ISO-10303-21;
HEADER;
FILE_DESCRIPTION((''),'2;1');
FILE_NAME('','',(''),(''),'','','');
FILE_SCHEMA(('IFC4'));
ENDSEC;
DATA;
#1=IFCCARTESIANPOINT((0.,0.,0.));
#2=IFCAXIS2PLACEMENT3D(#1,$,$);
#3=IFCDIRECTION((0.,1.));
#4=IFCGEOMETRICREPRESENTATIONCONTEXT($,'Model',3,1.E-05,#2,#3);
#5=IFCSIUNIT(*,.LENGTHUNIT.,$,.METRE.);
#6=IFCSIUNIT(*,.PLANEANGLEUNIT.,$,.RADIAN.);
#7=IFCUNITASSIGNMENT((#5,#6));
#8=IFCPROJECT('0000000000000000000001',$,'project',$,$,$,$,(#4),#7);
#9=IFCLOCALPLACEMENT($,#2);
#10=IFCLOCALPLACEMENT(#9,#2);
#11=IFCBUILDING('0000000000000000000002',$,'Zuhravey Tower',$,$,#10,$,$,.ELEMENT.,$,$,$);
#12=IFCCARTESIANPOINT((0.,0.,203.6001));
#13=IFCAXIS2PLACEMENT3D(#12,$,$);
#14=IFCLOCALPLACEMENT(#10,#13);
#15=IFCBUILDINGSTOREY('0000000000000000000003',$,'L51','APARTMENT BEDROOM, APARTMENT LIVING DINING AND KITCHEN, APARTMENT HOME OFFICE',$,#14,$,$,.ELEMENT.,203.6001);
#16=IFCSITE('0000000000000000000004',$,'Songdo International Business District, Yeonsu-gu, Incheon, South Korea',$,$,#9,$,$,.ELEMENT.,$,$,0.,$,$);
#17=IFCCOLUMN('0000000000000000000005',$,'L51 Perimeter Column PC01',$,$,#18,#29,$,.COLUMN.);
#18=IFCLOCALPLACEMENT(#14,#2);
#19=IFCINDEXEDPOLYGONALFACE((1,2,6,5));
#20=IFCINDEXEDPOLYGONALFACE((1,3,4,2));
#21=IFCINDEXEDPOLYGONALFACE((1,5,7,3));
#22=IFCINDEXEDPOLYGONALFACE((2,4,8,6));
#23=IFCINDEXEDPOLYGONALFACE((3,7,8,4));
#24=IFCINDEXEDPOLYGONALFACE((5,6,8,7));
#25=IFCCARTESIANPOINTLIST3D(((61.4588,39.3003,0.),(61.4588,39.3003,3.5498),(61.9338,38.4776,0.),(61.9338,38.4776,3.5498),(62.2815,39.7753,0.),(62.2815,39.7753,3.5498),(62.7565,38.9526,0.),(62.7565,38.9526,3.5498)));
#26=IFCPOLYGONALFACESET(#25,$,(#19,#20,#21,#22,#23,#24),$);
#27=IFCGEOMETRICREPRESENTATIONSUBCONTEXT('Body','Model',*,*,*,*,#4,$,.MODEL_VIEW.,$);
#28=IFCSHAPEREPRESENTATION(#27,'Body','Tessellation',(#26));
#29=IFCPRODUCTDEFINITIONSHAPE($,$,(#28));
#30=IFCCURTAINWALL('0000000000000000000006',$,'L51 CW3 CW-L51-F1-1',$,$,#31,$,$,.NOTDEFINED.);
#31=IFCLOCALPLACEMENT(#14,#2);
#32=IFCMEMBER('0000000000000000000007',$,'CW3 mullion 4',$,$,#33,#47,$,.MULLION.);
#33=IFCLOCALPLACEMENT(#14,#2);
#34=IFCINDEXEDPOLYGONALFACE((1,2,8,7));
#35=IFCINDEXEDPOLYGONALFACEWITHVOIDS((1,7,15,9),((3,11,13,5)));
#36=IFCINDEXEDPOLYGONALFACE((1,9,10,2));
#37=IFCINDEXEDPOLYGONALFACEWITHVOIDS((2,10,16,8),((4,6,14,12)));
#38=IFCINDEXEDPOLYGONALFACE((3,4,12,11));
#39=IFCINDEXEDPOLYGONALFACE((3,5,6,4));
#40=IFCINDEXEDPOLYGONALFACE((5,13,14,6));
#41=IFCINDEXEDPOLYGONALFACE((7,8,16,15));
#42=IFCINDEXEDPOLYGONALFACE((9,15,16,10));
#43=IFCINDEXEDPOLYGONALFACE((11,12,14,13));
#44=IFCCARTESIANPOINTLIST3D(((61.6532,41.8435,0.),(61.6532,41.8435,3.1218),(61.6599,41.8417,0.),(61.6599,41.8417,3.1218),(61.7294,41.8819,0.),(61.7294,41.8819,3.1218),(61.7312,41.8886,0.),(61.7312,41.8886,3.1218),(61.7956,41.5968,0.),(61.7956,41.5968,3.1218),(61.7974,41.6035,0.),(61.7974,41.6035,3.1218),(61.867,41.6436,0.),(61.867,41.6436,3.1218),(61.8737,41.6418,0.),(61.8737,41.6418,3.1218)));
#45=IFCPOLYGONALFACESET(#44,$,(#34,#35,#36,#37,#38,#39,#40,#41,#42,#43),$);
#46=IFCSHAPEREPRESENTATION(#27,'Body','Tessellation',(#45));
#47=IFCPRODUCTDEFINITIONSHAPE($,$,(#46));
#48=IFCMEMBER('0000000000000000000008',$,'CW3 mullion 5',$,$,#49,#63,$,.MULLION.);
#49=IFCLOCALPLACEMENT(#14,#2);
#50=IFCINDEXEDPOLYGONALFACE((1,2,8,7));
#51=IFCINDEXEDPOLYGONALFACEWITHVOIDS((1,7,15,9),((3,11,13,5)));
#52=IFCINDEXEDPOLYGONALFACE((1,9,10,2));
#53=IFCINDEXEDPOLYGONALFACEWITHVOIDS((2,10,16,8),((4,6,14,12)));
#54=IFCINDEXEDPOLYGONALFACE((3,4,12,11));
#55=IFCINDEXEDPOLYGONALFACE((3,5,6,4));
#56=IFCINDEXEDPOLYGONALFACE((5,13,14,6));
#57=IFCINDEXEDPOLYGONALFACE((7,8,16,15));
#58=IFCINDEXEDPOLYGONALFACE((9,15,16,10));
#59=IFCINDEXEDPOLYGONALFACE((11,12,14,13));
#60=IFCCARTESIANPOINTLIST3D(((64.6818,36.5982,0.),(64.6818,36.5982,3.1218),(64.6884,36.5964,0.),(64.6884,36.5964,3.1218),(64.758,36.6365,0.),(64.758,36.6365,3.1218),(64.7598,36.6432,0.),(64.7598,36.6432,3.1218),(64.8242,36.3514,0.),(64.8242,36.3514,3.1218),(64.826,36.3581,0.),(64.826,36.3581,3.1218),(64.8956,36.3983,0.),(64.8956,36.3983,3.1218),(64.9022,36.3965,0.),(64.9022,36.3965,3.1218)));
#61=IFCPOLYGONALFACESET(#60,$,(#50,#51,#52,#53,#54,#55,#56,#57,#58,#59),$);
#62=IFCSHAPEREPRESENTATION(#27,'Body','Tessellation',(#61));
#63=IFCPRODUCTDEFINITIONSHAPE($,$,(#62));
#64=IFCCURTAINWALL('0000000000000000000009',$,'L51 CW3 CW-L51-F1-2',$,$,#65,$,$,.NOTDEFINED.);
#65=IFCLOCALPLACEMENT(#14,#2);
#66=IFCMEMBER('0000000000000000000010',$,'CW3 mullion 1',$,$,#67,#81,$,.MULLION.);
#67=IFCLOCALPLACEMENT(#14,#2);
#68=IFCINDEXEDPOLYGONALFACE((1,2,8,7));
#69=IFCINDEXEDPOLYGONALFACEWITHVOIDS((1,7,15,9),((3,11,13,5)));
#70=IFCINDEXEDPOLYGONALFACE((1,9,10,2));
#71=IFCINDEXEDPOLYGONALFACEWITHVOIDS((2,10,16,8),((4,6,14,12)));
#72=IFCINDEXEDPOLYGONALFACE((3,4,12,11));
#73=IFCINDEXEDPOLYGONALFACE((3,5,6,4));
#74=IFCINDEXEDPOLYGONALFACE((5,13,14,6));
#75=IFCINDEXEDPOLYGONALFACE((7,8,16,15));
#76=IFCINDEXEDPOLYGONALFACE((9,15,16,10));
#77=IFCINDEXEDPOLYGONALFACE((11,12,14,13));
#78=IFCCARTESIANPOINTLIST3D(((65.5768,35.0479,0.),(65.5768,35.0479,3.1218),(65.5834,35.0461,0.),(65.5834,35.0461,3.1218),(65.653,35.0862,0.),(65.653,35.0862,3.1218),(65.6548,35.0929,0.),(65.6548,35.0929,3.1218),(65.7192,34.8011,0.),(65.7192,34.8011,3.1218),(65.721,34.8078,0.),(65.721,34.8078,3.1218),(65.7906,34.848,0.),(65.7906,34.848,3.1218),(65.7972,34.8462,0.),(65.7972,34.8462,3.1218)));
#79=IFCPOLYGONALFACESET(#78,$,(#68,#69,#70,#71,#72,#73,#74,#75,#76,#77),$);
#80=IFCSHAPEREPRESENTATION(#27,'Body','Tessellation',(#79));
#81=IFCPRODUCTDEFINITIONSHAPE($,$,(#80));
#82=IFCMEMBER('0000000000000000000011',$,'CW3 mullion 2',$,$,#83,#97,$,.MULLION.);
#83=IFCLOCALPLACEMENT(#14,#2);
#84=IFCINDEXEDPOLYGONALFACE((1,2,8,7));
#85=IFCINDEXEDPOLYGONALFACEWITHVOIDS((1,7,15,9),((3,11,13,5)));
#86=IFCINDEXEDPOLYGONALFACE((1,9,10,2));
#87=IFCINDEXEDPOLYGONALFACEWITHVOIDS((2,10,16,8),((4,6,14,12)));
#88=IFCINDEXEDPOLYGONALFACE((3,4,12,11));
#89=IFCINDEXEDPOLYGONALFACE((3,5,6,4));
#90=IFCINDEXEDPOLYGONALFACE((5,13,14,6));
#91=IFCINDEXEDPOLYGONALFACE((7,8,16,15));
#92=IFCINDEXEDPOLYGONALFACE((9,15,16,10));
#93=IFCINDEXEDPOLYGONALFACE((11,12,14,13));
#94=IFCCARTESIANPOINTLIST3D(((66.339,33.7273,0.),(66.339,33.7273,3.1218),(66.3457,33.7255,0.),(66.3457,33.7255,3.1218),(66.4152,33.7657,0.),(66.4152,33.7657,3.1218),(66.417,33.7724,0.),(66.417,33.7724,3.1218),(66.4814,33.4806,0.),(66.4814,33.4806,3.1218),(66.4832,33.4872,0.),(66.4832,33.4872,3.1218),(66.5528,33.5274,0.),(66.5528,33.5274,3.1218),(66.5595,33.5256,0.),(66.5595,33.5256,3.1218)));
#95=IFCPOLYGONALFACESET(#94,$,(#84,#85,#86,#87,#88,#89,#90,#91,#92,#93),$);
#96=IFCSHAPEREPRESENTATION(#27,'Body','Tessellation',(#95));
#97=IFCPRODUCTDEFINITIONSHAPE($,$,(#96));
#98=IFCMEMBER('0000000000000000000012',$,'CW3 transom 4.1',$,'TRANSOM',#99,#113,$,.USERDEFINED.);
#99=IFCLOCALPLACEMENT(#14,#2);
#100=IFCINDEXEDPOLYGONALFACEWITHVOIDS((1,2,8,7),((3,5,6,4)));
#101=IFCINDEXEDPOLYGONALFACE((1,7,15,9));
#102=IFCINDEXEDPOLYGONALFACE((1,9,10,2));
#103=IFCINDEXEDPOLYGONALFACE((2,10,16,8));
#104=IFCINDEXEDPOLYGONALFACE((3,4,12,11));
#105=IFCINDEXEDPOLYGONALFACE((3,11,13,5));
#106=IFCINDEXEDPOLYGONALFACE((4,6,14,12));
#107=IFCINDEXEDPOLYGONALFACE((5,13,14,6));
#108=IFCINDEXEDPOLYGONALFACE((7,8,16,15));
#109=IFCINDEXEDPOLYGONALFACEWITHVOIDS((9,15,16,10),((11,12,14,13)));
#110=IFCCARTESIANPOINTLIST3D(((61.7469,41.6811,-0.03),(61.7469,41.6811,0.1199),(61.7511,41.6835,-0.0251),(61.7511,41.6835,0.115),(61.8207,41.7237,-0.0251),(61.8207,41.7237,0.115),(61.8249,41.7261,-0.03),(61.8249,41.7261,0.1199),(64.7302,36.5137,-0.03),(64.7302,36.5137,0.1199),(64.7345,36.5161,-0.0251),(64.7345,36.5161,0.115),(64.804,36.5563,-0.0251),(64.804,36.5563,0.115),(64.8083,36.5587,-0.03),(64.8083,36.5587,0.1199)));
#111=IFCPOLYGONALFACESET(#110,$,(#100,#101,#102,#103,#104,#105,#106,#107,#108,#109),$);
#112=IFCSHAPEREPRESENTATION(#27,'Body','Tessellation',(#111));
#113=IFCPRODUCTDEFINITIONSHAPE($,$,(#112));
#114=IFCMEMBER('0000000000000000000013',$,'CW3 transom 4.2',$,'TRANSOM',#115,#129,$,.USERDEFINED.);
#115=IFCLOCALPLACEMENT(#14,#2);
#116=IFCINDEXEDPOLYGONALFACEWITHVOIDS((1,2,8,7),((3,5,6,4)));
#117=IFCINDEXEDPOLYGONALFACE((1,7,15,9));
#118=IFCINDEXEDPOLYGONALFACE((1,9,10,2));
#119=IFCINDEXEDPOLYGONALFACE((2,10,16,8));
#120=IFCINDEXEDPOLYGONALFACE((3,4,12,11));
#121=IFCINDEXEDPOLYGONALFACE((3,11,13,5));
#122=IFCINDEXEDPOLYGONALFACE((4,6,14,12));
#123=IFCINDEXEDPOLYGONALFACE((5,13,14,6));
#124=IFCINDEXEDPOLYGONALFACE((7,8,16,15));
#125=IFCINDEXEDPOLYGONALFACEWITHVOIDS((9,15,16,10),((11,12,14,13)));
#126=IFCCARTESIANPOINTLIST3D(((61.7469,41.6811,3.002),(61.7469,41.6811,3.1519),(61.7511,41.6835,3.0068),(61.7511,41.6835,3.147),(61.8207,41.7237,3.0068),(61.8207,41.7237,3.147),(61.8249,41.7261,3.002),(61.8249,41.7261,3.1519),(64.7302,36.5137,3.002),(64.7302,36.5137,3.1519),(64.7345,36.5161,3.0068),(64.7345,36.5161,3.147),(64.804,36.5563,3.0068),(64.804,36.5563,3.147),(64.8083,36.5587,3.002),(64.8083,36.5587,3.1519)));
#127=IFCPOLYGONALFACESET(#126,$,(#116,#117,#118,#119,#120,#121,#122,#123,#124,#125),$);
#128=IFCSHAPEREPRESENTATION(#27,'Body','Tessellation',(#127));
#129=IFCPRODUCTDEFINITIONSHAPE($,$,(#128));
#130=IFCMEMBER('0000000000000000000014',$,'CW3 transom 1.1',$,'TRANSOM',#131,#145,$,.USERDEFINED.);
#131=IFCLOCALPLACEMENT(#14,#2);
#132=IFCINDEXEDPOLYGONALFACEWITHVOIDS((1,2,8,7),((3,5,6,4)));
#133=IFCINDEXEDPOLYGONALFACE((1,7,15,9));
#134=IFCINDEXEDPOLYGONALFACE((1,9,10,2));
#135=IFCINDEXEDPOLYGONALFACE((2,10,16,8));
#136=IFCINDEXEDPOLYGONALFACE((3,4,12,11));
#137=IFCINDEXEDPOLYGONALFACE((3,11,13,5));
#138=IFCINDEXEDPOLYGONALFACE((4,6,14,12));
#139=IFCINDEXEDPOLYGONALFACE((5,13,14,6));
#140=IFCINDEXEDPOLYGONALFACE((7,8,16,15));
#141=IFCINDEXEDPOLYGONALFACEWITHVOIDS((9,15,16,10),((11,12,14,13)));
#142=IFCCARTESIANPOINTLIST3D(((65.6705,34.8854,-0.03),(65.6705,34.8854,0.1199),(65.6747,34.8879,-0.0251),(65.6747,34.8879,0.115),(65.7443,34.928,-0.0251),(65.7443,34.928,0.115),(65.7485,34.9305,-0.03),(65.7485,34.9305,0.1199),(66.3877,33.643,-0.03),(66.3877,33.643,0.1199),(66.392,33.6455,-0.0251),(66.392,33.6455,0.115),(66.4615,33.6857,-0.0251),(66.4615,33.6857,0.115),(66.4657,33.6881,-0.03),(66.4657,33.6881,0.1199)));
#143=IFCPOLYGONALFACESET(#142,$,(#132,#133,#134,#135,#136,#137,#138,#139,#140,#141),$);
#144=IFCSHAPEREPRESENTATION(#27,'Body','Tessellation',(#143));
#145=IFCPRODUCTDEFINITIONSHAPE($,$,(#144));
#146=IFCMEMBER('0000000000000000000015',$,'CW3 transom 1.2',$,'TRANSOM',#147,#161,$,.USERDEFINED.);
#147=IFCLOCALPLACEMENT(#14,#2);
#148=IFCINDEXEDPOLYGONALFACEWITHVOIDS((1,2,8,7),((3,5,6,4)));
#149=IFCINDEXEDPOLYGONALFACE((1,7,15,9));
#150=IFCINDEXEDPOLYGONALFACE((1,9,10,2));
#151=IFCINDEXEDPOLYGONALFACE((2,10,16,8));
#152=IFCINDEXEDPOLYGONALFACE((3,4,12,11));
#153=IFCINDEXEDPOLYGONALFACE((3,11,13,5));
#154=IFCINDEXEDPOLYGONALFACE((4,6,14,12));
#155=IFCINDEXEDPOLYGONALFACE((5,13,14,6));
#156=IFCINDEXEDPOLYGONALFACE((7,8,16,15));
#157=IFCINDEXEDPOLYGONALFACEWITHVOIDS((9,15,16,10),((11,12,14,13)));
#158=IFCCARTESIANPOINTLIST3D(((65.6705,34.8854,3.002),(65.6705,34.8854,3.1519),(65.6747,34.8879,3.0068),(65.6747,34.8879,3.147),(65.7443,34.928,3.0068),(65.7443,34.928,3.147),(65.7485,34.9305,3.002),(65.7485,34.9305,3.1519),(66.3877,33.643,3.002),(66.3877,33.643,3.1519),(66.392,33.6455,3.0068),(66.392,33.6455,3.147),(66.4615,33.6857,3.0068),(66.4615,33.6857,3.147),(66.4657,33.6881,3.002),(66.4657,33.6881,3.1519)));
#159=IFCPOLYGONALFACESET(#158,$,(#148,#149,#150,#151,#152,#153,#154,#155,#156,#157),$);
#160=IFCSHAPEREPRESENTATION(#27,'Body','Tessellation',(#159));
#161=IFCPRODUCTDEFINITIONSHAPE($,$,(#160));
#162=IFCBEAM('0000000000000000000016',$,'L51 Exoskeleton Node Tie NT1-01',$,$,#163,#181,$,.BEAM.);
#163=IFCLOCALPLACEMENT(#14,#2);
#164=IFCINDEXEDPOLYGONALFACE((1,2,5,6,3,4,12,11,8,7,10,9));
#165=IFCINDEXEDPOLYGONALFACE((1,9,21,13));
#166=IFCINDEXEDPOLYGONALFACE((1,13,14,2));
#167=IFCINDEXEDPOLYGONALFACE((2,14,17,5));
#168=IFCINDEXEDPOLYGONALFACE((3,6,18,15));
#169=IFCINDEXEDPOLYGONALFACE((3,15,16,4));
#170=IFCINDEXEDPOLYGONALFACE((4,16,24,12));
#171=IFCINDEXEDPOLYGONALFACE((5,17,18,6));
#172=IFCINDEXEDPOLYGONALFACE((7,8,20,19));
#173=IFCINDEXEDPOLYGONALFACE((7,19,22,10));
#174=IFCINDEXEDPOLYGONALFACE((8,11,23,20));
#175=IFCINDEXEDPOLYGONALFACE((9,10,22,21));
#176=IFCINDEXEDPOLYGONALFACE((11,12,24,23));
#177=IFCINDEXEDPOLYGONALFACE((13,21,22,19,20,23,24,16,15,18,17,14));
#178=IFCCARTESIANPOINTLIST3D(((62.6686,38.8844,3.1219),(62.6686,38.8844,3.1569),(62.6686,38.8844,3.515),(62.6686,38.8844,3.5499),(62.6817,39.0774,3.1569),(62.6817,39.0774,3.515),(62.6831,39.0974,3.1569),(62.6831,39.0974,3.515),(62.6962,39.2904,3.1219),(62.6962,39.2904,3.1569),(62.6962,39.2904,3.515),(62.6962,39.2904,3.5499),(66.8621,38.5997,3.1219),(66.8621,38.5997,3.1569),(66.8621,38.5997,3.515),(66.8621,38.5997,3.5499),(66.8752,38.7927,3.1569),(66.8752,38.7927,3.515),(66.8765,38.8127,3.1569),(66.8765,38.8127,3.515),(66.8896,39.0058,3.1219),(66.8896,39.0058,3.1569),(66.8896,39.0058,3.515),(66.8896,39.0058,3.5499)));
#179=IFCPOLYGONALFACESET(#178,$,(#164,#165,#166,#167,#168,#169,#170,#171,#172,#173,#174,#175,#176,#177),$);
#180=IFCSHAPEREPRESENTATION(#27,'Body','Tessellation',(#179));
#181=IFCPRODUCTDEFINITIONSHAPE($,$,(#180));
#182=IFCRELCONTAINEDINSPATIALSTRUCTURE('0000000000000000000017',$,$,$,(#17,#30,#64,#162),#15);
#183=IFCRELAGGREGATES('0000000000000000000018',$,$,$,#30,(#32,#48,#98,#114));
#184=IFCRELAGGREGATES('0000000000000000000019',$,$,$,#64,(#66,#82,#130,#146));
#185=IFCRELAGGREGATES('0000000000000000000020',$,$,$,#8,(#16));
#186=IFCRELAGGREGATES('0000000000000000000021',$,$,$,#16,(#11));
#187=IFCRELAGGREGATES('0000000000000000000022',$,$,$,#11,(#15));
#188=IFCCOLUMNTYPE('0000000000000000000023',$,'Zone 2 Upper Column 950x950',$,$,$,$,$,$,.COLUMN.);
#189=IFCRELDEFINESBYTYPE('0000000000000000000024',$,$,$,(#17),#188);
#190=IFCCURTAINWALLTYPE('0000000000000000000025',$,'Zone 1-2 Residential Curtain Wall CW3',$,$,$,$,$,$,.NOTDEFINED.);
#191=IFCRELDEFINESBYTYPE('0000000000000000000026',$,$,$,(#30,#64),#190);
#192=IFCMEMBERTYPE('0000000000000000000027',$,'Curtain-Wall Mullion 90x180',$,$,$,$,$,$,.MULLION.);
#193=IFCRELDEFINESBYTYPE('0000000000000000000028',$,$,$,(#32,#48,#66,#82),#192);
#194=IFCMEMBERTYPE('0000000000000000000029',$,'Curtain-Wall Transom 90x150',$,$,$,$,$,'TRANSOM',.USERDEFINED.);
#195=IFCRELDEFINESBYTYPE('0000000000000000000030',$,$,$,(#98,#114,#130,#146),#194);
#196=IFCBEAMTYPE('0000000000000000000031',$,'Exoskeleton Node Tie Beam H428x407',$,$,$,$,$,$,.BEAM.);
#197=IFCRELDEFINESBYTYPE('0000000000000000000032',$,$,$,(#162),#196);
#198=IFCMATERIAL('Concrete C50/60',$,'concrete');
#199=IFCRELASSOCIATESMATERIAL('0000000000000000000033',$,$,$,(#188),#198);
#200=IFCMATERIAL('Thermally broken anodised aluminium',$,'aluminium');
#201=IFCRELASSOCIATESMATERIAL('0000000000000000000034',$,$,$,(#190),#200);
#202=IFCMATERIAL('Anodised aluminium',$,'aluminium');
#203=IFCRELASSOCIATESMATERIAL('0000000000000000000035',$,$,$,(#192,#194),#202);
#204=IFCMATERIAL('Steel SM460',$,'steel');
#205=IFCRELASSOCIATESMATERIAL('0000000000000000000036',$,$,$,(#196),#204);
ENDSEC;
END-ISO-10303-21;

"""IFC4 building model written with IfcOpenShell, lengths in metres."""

from ifc_helpers import new_model, si_unit, direction, frame, origin, origin_2d, place, context, subcontext, project, spatial, rectangle, hollow_rectangle, i_section, extrude, material, material_profile, profile_set, type_object, element, aggregate, save


model = new_model("IFC4")

# Units and contexts
model_context = context("Model", 3, precision=1e-05, world=origin(), true_north=direction((0.0, 1.0)))
body_context = subcontext(model_context, "Body", "Model", "MODEL_VIEW")
ifc_project = project(units=[si_unit("LENGTHUNIT", "METRE"), si_unit("PLANEANGLEUNIT", "RADIAN")], contexts=[model_context])

# Site, building, storey
site_placement = place(None, origin())
site = spatial("IfcSite", under=ifc_project, at=site_placement, Name="Songdo International Business District, Yeonsu-gu, Incheon, South Korea", CompositionType="ELEMENT", RefElevation=0.0)
building_placement = place(site_placement, origin())
building = spatial("IfcBuilding", under=site, at=building_placement, Name="Zuhravey Tower", CompositionType="ELEMENT")
storey_placement = place(building_placement, frame((0.0, 0.0, 203.6001)))
storey = spatial("IfcBuildingStorey", under=building, at=storey_placement, Name="L51", Description="APARTMENT BEDROOM, APARTMENT LIVING DINING AND KITCHEN, APARTMENT HOME OFFICE", CompositionType="ELEMENT", Elevation=203.6001)

# Column
ifc_material_1 = material(Name="Concrete C50/60", Category="concrete")
ifc_material_profile_1 = material_profile(ifc_material_1, rectangle(XDim=0.95, YDim=0.95, at=origin_2d()), Name="RC-950x950")
ifc_profile_set_1 = profile_set([ifc_material_profile_1], Name="Concrete C50/60")
column_type = type_object("IfcColumnType", Name="Zone 2 Upper Column 950x950", PredefinedType="COLUMN", material=ifc_profile_set_1)
column_placement = place(storey_placement, frame((62.1077, 39.1265, 0.0), z_axis=(0.0, 0.0, 1.0), x_axis=(-0.5, 0.866025, 0.0)))
element("IfcColumn", 1, at=column_placement, inside=storey, type_object=column_type, Name="L51 Perimeter Column PC01", PredefinedType="COLUMN", context=body_context, shape_type="SweptSolid", body=[
    extrude(rectangle(XDim=0.95, YDim=0.95, at=origin_2d()), origin(), (0.0, 0.0, 1.0), 3.5498),
])

# Curtain walls, members
ifc_material_2 = material(Name="Thermally broken anodised aluminium", Category="aluminium")
curtain_wall_type = type_object("IfcCurtainWallType", Name="Zone 1-2 Residential Curtain Wall CW3", PredefinedType="NOTDEFINED", material=ifc_material_2)
curtain_wall_1_placement = place(storey_placement, origin())
curtain_wall_1 = element("IfcCurtainWall", 2, at=curtain_wall_1_placement, inside=storey, type_object=curtain_wall_type, Name="L51 CW3 CW-L51-F1-1", PredefinedType="NOTDEFINED")
ifc_material_3 = material(Name="Anodised aluminium", Category="aluminium")
ifc_material_profile_2 = material_profile(ifc_material_3, hollow_rectangle(XDim=0.0901, YDim=0.2849, WallThickness=0.0049, at=origin_2d()), Name="ALU-RHS-90x285x5")
ifc_profile_set_2 = profile_set([ifc_material_profile_2], Name="Anodised aluminium")
member_type_1 = type_object("IfcMemberType", Name="Curtain-Wall Mullion 90x180", PredefinedType="MULLION", material=ifc_profile_set_2)
member_1_placement = place(storey_placement, frame((61.7634, 41.7427, 0.0), z_axis=(0.0, 0.0, 1.0), x_axis=(0.866024, 0.500002, 0.0)))
member_1 = element("IfcMember", 3, at=member_1_placement, type_object=member_type_1, Name="CW3 mullion 4", PredefinedType="MULLION", context=body_context, shape_type="SweptSolid", body=[
    extrude(hollow_rectangle(XDim=0.0901, YDim=0.2849, WallThickness=0.0049, at=origin_2d()), origin(), (0.0, 0.0, 1.0), 3.1218),
])
member_2_placement = place(storey_placement, frame((64.792, 36.4973, 0.0), z_axis=(0.0, 0.0, 1.0), x_axis=(0.866024, 0.500002, 0.0)))
member_2 = element("IfcMember", 4, at=member_2_placement, type_object=member_type_1, Name="CW3 mullion 5", PredefinedType="MULLION", context=body_context, shape_type="SweptSolid", body=[
    extrude(hollow_rectangle(XDim=0.0901, YDim=0.2849, WallThickness=0.0049, at=origin_2d()), origin(), (0.0, 0.0, 1.0), 3.1218),
])
curtain_wall_2_placement = place(storey_placement, origin())
curtain_wall_2 = element("IfcCurtainWall", 5, at=curtain_wall_2_placement, inside=storey, type_object=curtain_wall_type, Name="L51 CW3 CW-L51-F1-2", PredefinedType="NOTDEFINED")
member_3_placement = place(storey_placement, frame((65.687, 34.947, 0.0), z_axis=(0.0, 0.0, 1.0), x_axis=(0.866032, 0.499989, 0.0)))
member_3 = element("IfcMember", 6, at=member_3_placement, type_object=member_type_1, Name="CW3 mullion 1", PredefinedType="MULLION", context=body_context, shape_type="SweptSolid", body=[
    extrude(hollow_rectangle(XDim=0.0901, YDim=0.2849, WallThickness=0.0049, at=origin_2d()), origin(), (0.0, 0.0, 1.0), 3.1218),
])
member_4_placement = place(storey_placement, frame((66.4492, 33.6265, 0.0), z_axis=(0.0, 0.0, 1.0), x_axis=(0.866032, 0.499989, 0.0)))
member_4 = element("IfcMember", 7, at=member_4_placement, type_object=member_type_1, Name="CW3 mullion 2", PredefinedType="MULLION", context=body_context, shape_type="SweptSolid", body=[
    extrude(hollow_rectangle(XDim=0.0901, YDim=0.2849, WallThickness=0.0049, at=origin_2d()), origin(), (0.0, 0.0, 1.0), 3.1218),
])

# Members
ifc_material_profile_3 = material_profile(ifc_material_3, hollow_rectangle(XDim=0.0901, YDim=0.1499, WallThickness=0.0049, at=origin_2d()), Name="ALU-RHS-90x150x5")
ifc_profile_set_3 = profile_set([ifc_material_profile_3], Name="Anodised aluminium")
member_type_2 = type_object("IfcMemberType", Name="Curtain-Wall Transom 90x150", ElementType="TRANSOM", PredefinedType="USERDEFINED", material=ifc_profile_set_3)
member_5_placement = place(storey_placement, frame((61.7859, 41.7036, 0.0449), z_axis=(0.499994, -0.866029, 0.0), x_axis=(0.866029, 0.499994, 0.0)))
member_5 = element("IfcMember", 8, at=member_5_placement, type_object=member_type_2, Name="CW3 transom 4.1", ObjectType="TRANSOM", PredefinedType="USERDEFINED", context=body_context, shape_type="SweptSolid", body=[
    extrude(hollow_rectangle(XDim=0.0901, YDim=0.1499, WallThickness=0.0049, at=origin_2d()), origin(), (0.0, 0.0, 1.0), 5.9668),
])
member_6_placement = place(storey_placement, frame((61.7859, 41.7036, 3.0769), z_axis=(0.499994, -0.866029, 0.0), x_axis=(0.866029, 0.499994, 0.0)))
member_6 = element("IfcMember", 9, at=member_6_placement, type_object=member_type_2, Name="CW3 transom 4.2", ObjectType="TRANSOM", PredefinedType="USERDEFINED", context=body_context, shape_type="SweptSolid", body=[
    extrude(hollow_rectangle(XDim=0.0901, YDim=0.1499, WallThickness=0.0049, at=origin_2d()), origin(), (0.0, 0.0, 1.0), 5.9668),
])
member_7_placement = place(storey_placement, frame((65.7095, 34.908, 0.0449), z_axis=(0.499983, -0.866035, 0.0), x_axis=(0.866035, 0.499983, 0.0)))
member_7 = element("IfcMember", 10, at=member_7_placement, type_object=member_type_2, Name="CW3 transom 1.1", ObjectType="TRANSOM", PredefinedType="USERDEFINED", context=body_context, shape_type="SweptSolid", body=[
    extrude(hollow_rectangle(XDim=0.0901, YDim=0.1499, WallThickness=0.0049, at=origin_2d()), origin(), (0.0, 0.0, 1.0), 1.4346),
])
member_8_placement = place(storey_placement, frame((65.7095, 34.908, 3.0769), z_axis=(0.499983, -0.866035, 0.0), x_axis=(0.866035, 0.499983, 0.0)))
member_8 = element("IfcMember", 11, at=member_8_placement, type_object=member_type_2, Name="CW3 transom 1.2", ObjectType="TRANSOM", PredefinedType="USERDEFINED", context=body_context, shape_type="SweptSolid", body=[
    extrude(hollow_rectangle(XDim=0.0901, YDim=0.1499, WallThickness=0.0049, at=origin_2d()), origin(), (0.0, 0.0, 1.0), 1.4346),
])

# Beam
ifc_material_4 = material(Name="Steel SM460", Category="steel")
ifc_material_profile_4 = material_profile(ifc_material_4, i_section(OverallWidth=0.407, OverallDepth=0.428, WebThickness=0.02, FlangeThickness=0.0349, at=origin_2d()), Name="H-428x407x20x35")
ifc_profile_set_4 = profile_set([ifc_material_profile_4], Name="Steel SM460")
beam_type_1 = type_object("IfcBeamType", Name="Exoskeleton Node Tie Beam H428x407", PredefinedType="BEAM", material=ifc_profile_set_4)
beam_1_placement = place(storey_placement, frame((62.6824, 39.0874, 3.3359), z_axis=(0.997704, -0.06773, 0.0), x_axis=(0.06773, 0.997704, 0.0)))
element("IfcBeam", 12, at=beam_1_placement, inside=storey, type_object=beam_type_1, Name="L51 Exoskeleton Node Tie NT1-01", PredefinedType="BEAM", context=body_context, shape_type="SweptSolid", body=[
    extrude(i_section(OverallWidth=0.407, OverallDepth=0.428, WebThickness=0.02, FlangeThickness=0.0349, at=origin_2d()), origin(), (0.0, 0.0, 1.0), 4.2031),
])

aggregate(curtain_wall_1, [member_1, member_2, member_5, member_6])
aggregate(curtain_wall_2, [member_3, member_4, member_7, member_8])

save(model, "model.ifc")
